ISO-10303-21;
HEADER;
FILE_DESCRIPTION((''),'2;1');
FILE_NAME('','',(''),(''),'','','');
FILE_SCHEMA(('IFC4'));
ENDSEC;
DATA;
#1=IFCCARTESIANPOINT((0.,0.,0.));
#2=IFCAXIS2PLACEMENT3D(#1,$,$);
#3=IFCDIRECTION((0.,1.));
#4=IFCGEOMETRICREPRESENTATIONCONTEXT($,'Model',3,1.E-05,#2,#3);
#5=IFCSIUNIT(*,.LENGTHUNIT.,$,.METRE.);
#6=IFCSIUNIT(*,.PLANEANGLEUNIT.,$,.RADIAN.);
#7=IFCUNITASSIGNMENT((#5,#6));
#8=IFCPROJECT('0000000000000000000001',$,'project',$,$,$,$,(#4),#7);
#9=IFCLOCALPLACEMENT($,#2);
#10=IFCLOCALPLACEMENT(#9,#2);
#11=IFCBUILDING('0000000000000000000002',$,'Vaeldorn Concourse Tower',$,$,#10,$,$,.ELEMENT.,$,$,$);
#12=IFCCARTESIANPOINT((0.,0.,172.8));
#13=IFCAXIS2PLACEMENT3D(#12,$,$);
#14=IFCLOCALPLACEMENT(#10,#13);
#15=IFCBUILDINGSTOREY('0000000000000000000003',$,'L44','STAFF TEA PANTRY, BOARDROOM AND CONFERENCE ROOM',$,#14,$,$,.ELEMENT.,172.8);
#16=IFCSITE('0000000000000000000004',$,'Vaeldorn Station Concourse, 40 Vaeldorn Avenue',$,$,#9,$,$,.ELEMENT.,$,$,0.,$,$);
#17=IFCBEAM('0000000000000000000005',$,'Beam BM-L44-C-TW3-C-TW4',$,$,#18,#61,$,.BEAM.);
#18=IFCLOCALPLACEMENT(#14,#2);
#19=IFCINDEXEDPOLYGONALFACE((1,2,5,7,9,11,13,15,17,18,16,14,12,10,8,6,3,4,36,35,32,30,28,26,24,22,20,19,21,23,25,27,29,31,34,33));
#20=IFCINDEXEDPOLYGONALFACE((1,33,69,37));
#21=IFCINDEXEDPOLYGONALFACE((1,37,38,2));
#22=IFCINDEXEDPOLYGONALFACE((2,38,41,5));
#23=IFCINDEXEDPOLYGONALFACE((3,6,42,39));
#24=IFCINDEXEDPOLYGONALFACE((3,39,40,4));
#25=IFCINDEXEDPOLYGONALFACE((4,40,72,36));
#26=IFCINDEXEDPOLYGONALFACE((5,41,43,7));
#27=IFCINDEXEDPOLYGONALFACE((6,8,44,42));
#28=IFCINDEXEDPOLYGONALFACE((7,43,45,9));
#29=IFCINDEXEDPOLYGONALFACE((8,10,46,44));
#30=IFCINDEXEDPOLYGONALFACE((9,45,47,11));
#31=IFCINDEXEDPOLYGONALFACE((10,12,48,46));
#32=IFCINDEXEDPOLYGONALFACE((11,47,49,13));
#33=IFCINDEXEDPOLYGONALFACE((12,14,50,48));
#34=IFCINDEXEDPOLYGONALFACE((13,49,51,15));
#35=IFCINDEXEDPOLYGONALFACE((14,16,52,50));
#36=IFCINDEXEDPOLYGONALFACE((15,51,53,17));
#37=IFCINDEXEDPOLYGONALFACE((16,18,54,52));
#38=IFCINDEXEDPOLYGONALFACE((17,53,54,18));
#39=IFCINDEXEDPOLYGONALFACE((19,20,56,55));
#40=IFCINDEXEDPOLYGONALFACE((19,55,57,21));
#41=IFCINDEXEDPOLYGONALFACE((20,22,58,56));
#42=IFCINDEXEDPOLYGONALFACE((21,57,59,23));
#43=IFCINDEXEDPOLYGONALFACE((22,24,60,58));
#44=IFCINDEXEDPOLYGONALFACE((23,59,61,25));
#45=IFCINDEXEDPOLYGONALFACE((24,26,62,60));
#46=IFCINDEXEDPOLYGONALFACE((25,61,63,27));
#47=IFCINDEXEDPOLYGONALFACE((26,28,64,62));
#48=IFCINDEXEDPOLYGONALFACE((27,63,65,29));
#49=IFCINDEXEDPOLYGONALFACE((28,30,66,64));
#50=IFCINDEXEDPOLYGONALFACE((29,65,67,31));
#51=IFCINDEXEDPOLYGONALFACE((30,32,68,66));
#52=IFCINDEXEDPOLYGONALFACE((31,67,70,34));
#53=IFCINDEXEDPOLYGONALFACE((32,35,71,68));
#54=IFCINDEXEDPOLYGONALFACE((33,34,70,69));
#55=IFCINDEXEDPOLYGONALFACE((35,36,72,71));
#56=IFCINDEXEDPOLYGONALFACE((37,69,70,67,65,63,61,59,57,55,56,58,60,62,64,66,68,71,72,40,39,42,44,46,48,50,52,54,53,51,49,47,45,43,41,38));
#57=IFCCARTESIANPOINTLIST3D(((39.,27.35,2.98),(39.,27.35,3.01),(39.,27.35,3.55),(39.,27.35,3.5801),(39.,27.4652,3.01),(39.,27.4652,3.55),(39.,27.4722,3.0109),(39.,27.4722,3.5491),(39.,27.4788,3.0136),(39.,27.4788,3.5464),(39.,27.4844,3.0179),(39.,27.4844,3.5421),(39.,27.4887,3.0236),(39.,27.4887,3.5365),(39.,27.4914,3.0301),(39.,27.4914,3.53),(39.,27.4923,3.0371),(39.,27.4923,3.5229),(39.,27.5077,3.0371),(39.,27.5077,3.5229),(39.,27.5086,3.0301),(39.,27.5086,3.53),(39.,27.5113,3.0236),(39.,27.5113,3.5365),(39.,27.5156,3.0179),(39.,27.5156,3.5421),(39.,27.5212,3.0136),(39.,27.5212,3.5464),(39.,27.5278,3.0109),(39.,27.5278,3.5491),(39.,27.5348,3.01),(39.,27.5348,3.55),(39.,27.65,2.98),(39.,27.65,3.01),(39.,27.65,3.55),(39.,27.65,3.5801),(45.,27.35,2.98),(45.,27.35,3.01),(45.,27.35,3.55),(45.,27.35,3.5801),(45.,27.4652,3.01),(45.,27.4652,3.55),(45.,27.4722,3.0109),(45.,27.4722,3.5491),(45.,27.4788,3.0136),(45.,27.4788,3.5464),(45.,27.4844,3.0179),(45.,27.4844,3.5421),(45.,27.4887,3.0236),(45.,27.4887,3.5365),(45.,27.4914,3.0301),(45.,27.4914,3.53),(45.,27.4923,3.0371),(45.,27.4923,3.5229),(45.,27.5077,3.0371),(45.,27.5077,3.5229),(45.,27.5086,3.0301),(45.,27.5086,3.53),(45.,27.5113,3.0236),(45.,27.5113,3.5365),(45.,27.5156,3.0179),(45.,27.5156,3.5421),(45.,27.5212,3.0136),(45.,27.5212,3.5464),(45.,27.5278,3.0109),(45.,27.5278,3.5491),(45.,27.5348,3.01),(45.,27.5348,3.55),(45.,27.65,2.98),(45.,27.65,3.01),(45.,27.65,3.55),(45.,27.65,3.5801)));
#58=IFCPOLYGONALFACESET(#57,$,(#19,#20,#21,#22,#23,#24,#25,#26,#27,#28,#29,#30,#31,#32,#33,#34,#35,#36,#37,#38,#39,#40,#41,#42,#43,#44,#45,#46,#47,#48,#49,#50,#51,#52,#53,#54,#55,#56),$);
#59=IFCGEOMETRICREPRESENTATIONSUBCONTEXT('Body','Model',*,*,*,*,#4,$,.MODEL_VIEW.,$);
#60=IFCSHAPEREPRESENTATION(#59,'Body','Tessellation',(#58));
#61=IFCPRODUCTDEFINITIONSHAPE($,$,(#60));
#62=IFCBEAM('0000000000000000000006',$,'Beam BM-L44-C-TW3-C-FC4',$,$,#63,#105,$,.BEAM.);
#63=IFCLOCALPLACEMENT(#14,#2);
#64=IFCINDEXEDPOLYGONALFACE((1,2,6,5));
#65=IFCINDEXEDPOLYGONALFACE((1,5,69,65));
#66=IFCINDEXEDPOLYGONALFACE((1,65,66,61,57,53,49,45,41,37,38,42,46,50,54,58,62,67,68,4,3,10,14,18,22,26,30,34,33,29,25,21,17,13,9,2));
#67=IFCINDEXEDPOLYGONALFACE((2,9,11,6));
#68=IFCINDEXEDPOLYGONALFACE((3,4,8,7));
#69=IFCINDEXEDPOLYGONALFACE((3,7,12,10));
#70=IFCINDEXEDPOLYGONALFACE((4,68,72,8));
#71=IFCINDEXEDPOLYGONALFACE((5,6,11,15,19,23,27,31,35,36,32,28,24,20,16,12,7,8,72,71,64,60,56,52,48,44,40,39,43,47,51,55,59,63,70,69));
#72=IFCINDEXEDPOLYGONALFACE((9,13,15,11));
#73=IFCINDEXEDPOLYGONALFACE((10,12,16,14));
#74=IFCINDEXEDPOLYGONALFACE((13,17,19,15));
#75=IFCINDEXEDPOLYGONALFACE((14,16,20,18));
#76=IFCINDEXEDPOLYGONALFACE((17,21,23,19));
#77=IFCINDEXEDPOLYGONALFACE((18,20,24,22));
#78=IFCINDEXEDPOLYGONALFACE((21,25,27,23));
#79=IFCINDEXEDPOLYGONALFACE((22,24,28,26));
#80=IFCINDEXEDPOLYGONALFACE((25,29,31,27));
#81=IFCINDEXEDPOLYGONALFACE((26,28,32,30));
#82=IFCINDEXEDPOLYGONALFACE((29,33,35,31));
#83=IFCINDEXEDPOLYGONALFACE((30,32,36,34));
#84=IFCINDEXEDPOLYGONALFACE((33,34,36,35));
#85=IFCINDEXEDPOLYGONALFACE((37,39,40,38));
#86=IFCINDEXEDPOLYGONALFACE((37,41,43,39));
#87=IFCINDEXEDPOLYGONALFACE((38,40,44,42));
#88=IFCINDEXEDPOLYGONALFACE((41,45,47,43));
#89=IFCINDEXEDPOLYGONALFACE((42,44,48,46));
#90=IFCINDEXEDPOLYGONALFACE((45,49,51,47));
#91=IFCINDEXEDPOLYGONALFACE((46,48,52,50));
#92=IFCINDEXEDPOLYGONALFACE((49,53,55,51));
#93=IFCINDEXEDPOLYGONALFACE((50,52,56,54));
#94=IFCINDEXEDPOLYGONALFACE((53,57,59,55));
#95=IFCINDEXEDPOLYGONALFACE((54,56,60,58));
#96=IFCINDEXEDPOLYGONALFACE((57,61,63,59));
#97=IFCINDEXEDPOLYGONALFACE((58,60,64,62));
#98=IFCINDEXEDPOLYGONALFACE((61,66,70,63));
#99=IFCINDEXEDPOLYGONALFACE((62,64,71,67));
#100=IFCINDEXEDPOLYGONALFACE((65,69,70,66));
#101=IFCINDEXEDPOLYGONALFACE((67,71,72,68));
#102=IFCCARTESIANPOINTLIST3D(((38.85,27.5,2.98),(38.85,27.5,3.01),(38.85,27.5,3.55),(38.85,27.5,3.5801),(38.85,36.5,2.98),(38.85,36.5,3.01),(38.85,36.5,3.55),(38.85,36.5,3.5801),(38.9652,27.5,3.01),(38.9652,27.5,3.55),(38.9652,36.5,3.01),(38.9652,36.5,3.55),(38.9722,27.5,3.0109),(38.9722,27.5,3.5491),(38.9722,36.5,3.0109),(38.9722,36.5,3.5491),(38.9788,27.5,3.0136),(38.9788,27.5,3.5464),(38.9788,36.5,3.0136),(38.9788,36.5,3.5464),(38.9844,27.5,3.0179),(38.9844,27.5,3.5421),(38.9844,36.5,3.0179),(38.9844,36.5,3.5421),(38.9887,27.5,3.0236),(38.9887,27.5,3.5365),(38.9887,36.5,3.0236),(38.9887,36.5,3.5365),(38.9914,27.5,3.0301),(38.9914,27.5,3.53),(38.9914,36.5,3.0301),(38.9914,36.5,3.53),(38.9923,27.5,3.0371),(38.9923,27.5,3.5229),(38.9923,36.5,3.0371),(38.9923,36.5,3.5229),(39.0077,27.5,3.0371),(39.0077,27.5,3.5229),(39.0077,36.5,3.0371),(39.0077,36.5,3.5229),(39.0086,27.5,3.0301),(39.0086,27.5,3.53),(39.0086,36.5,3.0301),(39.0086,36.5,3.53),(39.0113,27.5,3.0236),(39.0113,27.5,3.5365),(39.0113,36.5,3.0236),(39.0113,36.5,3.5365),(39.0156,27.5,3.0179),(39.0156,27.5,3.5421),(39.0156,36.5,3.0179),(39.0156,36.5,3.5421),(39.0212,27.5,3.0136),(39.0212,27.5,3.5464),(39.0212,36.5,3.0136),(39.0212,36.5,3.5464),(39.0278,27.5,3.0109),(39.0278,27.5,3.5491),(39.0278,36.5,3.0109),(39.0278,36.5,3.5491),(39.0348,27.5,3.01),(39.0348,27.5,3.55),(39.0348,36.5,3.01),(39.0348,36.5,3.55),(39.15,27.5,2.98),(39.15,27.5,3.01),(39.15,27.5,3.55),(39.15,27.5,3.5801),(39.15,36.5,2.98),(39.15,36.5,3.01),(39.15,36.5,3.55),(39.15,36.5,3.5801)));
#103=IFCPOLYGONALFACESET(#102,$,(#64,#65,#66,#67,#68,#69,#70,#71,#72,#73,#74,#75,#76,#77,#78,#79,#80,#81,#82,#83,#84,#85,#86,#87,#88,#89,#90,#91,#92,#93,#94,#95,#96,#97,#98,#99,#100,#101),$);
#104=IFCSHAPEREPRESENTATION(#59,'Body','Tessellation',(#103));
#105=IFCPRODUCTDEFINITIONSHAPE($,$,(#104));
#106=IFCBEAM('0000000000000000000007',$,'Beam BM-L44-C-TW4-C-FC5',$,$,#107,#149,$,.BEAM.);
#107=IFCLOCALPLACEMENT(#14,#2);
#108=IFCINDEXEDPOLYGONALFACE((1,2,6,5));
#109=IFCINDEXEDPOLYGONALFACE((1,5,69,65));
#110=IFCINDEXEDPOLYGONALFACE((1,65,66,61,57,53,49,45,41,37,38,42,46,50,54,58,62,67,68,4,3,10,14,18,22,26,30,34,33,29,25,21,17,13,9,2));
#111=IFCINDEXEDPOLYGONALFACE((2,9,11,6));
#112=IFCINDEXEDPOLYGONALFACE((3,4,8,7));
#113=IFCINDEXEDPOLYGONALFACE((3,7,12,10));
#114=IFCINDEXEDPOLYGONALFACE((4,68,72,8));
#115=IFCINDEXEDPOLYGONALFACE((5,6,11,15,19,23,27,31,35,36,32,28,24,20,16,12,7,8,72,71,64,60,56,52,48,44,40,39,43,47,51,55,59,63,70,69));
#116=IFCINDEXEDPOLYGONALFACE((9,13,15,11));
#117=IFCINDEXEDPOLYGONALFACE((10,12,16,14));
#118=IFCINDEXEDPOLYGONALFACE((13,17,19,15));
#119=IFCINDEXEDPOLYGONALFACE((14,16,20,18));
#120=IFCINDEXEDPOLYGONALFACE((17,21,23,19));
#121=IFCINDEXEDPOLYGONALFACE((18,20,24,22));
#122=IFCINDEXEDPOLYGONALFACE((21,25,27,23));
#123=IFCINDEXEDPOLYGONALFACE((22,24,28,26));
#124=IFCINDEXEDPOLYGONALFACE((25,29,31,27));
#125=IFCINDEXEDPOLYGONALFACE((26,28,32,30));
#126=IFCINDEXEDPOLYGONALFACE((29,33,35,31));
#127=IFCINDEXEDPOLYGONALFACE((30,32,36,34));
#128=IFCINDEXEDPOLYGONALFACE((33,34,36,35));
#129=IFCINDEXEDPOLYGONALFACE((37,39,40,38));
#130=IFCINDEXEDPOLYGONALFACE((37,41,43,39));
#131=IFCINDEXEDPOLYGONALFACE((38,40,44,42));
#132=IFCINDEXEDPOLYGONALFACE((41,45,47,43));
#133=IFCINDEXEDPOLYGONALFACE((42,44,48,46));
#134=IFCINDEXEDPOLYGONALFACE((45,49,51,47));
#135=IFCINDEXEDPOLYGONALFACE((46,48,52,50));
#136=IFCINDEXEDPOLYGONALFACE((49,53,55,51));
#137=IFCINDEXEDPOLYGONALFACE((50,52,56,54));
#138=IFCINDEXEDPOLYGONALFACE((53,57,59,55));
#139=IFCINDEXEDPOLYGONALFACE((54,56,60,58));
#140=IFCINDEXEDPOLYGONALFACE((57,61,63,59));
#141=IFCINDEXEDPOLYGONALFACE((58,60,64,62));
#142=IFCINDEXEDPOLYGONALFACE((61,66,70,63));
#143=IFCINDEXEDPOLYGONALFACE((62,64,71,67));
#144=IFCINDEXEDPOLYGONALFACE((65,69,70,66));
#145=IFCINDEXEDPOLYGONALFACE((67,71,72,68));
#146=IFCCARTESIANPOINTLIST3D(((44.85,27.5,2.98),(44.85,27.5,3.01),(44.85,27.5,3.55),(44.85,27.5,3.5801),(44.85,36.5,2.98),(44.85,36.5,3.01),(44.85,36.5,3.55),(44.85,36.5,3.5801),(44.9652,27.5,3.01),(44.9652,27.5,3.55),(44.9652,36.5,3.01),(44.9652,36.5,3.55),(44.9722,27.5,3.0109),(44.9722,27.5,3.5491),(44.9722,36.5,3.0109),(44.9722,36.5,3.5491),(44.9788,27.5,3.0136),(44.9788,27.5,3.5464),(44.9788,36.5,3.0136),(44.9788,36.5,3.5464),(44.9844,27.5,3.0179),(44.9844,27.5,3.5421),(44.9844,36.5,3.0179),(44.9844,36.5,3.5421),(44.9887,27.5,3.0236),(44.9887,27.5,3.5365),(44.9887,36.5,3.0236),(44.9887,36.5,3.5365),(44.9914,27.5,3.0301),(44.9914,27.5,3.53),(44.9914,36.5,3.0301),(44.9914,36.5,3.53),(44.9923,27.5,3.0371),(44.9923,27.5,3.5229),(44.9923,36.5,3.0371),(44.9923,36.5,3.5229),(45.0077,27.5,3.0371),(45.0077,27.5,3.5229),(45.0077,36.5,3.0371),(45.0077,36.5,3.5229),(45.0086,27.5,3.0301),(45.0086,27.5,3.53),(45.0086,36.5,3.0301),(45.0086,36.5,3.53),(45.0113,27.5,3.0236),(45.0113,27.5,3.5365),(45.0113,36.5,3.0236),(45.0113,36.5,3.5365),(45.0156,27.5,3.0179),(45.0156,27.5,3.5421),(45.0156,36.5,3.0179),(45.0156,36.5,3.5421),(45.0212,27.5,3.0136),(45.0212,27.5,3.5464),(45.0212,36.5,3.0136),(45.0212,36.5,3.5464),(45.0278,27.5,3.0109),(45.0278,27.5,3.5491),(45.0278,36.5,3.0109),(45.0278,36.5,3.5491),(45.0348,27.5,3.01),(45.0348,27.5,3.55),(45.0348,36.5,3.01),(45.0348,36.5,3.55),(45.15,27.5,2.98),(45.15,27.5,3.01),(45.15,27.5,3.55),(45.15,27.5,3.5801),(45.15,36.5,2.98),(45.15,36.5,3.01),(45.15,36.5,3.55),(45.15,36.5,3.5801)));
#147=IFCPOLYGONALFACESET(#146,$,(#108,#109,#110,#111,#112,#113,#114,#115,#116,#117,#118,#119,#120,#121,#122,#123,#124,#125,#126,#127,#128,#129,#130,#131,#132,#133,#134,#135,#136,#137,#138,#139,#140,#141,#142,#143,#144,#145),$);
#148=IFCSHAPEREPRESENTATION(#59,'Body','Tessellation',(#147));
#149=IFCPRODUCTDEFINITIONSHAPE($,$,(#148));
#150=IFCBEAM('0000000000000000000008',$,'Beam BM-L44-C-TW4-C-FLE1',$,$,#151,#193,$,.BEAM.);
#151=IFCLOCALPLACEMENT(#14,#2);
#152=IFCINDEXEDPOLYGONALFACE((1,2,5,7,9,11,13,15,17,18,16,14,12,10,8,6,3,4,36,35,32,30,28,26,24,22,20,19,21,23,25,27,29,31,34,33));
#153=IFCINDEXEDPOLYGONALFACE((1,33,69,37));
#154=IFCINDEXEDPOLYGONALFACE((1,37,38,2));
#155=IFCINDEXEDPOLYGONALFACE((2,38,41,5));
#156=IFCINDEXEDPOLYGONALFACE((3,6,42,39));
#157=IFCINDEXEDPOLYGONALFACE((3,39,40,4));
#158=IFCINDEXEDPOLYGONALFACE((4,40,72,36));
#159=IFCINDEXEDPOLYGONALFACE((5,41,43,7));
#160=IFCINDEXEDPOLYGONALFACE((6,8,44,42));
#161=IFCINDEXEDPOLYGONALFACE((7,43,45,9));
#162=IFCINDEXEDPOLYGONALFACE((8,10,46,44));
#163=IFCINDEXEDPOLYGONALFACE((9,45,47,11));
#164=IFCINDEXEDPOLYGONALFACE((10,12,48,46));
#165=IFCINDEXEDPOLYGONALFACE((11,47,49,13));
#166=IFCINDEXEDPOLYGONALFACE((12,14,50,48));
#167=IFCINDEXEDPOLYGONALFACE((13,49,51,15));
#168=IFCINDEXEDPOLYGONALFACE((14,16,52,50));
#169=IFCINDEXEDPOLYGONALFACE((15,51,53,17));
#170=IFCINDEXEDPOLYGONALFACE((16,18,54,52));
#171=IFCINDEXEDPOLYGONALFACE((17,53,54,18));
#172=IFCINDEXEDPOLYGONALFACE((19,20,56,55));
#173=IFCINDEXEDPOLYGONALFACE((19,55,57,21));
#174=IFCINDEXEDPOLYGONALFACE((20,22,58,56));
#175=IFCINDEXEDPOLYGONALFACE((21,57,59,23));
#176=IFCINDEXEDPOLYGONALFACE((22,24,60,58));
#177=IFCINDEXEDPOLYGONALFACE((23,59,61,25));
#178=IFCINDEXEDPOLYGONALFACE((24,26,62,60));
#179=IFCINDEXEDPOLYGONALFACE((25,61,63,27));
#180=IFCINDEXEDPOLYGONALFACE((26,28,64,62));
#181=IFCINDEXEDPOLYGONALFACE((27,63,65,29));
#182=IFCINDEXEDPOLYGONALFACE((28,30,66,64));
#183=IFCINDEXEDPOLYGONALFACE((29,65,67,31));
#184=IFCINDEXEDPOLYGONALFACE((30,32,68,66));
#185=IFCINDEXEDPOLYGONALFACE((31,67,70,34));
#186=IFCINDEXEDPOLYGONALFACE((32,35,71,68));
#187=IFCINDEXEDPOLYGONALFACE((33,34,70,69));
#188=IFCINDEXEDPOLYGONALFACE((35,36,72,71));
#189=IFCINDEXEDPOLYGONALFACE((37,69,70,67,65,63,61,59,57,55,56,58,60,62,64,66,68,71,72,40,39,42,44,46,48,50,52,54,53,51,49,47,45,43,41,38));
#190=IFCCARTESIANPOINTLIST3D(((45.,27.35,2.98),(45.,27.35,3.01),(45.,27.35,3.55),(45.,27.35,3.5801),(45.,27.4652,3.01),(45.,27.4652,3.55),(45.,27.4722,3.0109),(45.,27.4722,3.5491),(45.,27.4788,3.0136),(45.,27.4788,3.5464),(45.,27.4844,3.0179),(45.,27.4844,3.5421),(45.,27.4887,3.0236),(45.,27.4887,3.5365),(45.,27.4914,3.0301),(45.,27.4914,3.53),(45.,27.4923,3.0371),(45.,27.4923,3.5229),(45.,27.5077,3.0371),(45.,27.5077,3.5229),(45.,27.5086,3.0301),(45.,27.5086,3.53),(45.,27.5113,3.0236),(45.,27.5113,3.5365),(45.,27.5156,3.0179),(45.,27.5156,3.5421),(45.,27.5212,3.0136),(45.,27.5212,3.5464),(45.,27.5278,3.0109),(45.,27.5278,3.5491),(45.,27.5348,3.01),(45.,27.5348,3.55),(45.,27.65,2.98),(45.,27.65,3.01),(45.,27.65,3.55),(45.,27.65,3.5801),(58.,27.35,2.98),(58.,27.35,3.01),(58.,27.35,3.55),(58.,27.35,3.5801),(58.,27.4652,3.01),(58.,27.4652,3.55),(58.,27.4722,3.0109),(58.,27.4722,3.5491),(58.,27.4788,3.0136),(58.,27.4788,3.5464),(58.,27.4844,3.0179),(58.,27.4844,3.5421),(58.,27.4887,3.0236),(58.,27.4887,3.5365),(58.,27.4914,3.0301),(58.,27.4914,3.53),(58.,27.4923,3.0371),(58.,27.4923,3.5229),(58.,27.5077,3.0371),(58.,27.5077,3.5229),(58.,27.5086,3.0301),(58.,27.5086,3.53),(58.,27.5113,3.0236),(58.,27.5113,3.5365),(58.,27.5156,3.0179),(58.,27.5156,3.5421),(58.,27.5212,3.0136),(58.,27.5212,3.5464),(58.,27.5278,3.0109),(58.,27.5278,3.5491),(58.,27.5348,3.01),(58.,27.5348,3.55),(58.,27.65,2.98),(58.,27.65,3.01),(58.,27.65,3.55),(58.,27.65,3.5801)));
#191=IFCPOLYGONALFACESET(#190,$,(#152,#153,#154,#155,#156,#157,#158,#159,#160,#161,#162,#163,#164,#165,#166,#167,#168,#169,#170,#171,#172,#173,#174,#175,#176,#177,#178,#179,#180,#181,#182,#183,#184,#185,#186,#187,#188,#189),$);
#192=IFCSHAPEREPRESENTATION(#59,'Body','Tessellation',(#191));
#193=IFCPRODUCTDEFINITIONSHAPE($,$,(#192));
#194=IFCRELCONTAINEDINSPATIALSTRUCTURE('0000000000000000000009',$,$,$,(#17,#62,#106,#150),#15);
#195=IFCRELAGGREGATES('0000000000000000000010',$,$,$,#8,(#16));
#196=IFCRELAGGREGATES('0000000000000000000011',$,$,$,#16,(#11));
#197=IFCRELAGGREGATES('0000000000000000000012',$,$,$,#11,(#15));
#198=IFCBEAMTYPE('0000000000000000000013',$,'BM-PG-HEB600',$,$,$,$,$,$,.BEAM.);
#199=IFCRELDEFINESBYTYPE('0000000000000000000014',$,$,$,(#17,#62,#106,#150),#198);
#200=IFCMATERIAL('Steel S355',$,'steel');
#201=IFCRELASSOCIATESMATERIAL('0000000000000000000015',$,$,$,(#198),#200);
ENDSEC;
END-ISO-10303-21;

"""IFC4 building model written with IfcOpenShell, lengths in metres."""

from ifc_helpers import new_model, si_unit, direction, frame, origin, origin_2d, place, context, subcontext, project, spatial, i_section, extrude, source, transform, mapped, material, material_profile, profile_set, type_object, element, save


model = new_model("IFC4")

# Units and contexts
model_context = context("Model", 3, precision=1e-05, world=origin(), true_north=direction((0.0, 1.0)))
body_context = subcontext(model_context, "Body", "Model", "MODEL_VIEW")
ifc_project = project(units=[si_unit("LENGTHUNIT", "METRE"), si_unit("PLANEANGLEUNIT", "RADIAN")], contexts=[model_context])

# Site, building, storey
site_placement = place(None, origin())
site = spatial("IfcSite", under=ifc_project, at=site_placement, Name="Vaeldorn Station Concourse, 40 Vaeldorn Avenue", CompositionType="ELEMENT", RefElevation=0.0)
building_placement = place(site_placement, origin())
building = spatial("IfcBuilding", under=site, at=building_placement, Name="Vaeldorn Concourse Tower", CompositionType="ELEMENT")
storey_placement = place(building_placement, frame((0.0, 0.0, 172.8)))
storey = spatial("IfcBuildingStorey", under=building, at=storey_placement, Name="L44", Description="STAFF TEA PANTRY, BOARDROOM AND CONFERENCE ROOM", CompositionType="ELEMENT", Elevation=172.8)

# Shared definitions
ifc_material_1 = material(Name="Steel S355", Category="steel")

# Beams
ifc_material_profile_1 = material_profile(ifc_material_1, i_section(OverallWidth=0.3, OverallDepth=0.6001, WebThickness=0.0154, FlangeThickness=0.03, FilletRadius=0.0271, at=origin_2d()), Name="HEB 600")
ifc_profile_set_1 = profile_set([ifc_material_profile_1], Name="Steel S355")
beam_type_1 = type_object("IfcBeamType", Name="BM-PG-HEB600", PredefinedType="BEAM", material=ifc_profile_set_1)
shared_shape_1 = source(origin(), body_context, "Body", "SweptSolid", [
    extrude(i_section(OverallWidth=0.3, OverallDepth=0.6001, WebThickness=0.0154, FlangeThickness=0.03, FilletRadius=0.0271, at=origin_2d()), origin(), (0.0, 0.0, 1.0), 6.0),
])
beam_1_placement = place(storey_placement, frame((39.0, 27.5, 3.28), z_axis=(1.0, 0.0, 0.0), x_axis=(0.0, 1.0, 0.0)))
element("IfcBeam", 1, at=beam_1_placement, inside=storey, type_object=beam_type_1, Name="Beam BM-L44-C-TW3-C-TW4", PredefinedType="BEAM", context=body_context, shape_type="MappedRepresentation", body=[
    mapped(shared_shape_1, transform((0.0, 0.0, 0.0), scale=1.0)),
])
shared_shape_2 = source(origin(), body_context, "Body", "SweptSolid", [
    extrude(i_section(OverallWidth=0.3, OverallDepth=0.6001, WebThickness=0.0154, FlangeThickness=0.03, FilletRadius=0.0271, at=origin_2d()), origin(), (0.0, 0.0, 1.0), 9.0),
])
for number, where, z_axis, x_axis, name in (
    (2, (39.0, 27.5, 3.28), (0.0, 1.0, 0.0), (-1.0, 0.0, 0.0), "Beam BM-L44-C-TW3-C-FC4"),
    (3, (45.0, 27.5, 3.28), (0.0, 1.0, 0.0), (-1.0, 0.0, 0.0), "Beam BM-L44-C-TW4-C-FC5"),
):
    element("IfcBeam", number, at=place(storey_placement, frame(where, z_axis=z_axis, x_axis=x_axis)), inside=storey, type_object=beam_type_1, Name=name, PredefinedType="BEAM", context=body_context, shape_type="MappedRepresentation", body=[
        mapped(shared_shape_2, transform((0.0, 0.0, 0.0), scale=1.0)),
    ])
shared_shape_3 = source(origin(), body_context, "Body", "SweptSolid", [
    extrude(i_section(OverallWidth=0.3, OverallDepth=0.6001, WebThickness=0.0154, FlangeThickness=0.03, FilletRadius=0.0271, at=origin_2d()), origin(), (0.0, 0.0, 1.0), 13.0),
])
beam_2_placement = place(storey_placement, frame((45.0, 27.5, 3.28), z_axis=(1.0, 0.0, 0.0), x_axis=(0.0, 1.0, 0.0)))
element("IfcBeam", 4, at=beam_2_placement, inside=storey, type_object=beam_type_1, Name="Beam BM-L44-C-TW4-C-FLE1", PredefinedType="BEAM", context=body_context, shape_type="MappedRepresentation", body=[
    mapped(shared_shape_3, transform((0.0, 0.0, 0.0), scale=1.0)),
])

save(model, "model.ifc")
